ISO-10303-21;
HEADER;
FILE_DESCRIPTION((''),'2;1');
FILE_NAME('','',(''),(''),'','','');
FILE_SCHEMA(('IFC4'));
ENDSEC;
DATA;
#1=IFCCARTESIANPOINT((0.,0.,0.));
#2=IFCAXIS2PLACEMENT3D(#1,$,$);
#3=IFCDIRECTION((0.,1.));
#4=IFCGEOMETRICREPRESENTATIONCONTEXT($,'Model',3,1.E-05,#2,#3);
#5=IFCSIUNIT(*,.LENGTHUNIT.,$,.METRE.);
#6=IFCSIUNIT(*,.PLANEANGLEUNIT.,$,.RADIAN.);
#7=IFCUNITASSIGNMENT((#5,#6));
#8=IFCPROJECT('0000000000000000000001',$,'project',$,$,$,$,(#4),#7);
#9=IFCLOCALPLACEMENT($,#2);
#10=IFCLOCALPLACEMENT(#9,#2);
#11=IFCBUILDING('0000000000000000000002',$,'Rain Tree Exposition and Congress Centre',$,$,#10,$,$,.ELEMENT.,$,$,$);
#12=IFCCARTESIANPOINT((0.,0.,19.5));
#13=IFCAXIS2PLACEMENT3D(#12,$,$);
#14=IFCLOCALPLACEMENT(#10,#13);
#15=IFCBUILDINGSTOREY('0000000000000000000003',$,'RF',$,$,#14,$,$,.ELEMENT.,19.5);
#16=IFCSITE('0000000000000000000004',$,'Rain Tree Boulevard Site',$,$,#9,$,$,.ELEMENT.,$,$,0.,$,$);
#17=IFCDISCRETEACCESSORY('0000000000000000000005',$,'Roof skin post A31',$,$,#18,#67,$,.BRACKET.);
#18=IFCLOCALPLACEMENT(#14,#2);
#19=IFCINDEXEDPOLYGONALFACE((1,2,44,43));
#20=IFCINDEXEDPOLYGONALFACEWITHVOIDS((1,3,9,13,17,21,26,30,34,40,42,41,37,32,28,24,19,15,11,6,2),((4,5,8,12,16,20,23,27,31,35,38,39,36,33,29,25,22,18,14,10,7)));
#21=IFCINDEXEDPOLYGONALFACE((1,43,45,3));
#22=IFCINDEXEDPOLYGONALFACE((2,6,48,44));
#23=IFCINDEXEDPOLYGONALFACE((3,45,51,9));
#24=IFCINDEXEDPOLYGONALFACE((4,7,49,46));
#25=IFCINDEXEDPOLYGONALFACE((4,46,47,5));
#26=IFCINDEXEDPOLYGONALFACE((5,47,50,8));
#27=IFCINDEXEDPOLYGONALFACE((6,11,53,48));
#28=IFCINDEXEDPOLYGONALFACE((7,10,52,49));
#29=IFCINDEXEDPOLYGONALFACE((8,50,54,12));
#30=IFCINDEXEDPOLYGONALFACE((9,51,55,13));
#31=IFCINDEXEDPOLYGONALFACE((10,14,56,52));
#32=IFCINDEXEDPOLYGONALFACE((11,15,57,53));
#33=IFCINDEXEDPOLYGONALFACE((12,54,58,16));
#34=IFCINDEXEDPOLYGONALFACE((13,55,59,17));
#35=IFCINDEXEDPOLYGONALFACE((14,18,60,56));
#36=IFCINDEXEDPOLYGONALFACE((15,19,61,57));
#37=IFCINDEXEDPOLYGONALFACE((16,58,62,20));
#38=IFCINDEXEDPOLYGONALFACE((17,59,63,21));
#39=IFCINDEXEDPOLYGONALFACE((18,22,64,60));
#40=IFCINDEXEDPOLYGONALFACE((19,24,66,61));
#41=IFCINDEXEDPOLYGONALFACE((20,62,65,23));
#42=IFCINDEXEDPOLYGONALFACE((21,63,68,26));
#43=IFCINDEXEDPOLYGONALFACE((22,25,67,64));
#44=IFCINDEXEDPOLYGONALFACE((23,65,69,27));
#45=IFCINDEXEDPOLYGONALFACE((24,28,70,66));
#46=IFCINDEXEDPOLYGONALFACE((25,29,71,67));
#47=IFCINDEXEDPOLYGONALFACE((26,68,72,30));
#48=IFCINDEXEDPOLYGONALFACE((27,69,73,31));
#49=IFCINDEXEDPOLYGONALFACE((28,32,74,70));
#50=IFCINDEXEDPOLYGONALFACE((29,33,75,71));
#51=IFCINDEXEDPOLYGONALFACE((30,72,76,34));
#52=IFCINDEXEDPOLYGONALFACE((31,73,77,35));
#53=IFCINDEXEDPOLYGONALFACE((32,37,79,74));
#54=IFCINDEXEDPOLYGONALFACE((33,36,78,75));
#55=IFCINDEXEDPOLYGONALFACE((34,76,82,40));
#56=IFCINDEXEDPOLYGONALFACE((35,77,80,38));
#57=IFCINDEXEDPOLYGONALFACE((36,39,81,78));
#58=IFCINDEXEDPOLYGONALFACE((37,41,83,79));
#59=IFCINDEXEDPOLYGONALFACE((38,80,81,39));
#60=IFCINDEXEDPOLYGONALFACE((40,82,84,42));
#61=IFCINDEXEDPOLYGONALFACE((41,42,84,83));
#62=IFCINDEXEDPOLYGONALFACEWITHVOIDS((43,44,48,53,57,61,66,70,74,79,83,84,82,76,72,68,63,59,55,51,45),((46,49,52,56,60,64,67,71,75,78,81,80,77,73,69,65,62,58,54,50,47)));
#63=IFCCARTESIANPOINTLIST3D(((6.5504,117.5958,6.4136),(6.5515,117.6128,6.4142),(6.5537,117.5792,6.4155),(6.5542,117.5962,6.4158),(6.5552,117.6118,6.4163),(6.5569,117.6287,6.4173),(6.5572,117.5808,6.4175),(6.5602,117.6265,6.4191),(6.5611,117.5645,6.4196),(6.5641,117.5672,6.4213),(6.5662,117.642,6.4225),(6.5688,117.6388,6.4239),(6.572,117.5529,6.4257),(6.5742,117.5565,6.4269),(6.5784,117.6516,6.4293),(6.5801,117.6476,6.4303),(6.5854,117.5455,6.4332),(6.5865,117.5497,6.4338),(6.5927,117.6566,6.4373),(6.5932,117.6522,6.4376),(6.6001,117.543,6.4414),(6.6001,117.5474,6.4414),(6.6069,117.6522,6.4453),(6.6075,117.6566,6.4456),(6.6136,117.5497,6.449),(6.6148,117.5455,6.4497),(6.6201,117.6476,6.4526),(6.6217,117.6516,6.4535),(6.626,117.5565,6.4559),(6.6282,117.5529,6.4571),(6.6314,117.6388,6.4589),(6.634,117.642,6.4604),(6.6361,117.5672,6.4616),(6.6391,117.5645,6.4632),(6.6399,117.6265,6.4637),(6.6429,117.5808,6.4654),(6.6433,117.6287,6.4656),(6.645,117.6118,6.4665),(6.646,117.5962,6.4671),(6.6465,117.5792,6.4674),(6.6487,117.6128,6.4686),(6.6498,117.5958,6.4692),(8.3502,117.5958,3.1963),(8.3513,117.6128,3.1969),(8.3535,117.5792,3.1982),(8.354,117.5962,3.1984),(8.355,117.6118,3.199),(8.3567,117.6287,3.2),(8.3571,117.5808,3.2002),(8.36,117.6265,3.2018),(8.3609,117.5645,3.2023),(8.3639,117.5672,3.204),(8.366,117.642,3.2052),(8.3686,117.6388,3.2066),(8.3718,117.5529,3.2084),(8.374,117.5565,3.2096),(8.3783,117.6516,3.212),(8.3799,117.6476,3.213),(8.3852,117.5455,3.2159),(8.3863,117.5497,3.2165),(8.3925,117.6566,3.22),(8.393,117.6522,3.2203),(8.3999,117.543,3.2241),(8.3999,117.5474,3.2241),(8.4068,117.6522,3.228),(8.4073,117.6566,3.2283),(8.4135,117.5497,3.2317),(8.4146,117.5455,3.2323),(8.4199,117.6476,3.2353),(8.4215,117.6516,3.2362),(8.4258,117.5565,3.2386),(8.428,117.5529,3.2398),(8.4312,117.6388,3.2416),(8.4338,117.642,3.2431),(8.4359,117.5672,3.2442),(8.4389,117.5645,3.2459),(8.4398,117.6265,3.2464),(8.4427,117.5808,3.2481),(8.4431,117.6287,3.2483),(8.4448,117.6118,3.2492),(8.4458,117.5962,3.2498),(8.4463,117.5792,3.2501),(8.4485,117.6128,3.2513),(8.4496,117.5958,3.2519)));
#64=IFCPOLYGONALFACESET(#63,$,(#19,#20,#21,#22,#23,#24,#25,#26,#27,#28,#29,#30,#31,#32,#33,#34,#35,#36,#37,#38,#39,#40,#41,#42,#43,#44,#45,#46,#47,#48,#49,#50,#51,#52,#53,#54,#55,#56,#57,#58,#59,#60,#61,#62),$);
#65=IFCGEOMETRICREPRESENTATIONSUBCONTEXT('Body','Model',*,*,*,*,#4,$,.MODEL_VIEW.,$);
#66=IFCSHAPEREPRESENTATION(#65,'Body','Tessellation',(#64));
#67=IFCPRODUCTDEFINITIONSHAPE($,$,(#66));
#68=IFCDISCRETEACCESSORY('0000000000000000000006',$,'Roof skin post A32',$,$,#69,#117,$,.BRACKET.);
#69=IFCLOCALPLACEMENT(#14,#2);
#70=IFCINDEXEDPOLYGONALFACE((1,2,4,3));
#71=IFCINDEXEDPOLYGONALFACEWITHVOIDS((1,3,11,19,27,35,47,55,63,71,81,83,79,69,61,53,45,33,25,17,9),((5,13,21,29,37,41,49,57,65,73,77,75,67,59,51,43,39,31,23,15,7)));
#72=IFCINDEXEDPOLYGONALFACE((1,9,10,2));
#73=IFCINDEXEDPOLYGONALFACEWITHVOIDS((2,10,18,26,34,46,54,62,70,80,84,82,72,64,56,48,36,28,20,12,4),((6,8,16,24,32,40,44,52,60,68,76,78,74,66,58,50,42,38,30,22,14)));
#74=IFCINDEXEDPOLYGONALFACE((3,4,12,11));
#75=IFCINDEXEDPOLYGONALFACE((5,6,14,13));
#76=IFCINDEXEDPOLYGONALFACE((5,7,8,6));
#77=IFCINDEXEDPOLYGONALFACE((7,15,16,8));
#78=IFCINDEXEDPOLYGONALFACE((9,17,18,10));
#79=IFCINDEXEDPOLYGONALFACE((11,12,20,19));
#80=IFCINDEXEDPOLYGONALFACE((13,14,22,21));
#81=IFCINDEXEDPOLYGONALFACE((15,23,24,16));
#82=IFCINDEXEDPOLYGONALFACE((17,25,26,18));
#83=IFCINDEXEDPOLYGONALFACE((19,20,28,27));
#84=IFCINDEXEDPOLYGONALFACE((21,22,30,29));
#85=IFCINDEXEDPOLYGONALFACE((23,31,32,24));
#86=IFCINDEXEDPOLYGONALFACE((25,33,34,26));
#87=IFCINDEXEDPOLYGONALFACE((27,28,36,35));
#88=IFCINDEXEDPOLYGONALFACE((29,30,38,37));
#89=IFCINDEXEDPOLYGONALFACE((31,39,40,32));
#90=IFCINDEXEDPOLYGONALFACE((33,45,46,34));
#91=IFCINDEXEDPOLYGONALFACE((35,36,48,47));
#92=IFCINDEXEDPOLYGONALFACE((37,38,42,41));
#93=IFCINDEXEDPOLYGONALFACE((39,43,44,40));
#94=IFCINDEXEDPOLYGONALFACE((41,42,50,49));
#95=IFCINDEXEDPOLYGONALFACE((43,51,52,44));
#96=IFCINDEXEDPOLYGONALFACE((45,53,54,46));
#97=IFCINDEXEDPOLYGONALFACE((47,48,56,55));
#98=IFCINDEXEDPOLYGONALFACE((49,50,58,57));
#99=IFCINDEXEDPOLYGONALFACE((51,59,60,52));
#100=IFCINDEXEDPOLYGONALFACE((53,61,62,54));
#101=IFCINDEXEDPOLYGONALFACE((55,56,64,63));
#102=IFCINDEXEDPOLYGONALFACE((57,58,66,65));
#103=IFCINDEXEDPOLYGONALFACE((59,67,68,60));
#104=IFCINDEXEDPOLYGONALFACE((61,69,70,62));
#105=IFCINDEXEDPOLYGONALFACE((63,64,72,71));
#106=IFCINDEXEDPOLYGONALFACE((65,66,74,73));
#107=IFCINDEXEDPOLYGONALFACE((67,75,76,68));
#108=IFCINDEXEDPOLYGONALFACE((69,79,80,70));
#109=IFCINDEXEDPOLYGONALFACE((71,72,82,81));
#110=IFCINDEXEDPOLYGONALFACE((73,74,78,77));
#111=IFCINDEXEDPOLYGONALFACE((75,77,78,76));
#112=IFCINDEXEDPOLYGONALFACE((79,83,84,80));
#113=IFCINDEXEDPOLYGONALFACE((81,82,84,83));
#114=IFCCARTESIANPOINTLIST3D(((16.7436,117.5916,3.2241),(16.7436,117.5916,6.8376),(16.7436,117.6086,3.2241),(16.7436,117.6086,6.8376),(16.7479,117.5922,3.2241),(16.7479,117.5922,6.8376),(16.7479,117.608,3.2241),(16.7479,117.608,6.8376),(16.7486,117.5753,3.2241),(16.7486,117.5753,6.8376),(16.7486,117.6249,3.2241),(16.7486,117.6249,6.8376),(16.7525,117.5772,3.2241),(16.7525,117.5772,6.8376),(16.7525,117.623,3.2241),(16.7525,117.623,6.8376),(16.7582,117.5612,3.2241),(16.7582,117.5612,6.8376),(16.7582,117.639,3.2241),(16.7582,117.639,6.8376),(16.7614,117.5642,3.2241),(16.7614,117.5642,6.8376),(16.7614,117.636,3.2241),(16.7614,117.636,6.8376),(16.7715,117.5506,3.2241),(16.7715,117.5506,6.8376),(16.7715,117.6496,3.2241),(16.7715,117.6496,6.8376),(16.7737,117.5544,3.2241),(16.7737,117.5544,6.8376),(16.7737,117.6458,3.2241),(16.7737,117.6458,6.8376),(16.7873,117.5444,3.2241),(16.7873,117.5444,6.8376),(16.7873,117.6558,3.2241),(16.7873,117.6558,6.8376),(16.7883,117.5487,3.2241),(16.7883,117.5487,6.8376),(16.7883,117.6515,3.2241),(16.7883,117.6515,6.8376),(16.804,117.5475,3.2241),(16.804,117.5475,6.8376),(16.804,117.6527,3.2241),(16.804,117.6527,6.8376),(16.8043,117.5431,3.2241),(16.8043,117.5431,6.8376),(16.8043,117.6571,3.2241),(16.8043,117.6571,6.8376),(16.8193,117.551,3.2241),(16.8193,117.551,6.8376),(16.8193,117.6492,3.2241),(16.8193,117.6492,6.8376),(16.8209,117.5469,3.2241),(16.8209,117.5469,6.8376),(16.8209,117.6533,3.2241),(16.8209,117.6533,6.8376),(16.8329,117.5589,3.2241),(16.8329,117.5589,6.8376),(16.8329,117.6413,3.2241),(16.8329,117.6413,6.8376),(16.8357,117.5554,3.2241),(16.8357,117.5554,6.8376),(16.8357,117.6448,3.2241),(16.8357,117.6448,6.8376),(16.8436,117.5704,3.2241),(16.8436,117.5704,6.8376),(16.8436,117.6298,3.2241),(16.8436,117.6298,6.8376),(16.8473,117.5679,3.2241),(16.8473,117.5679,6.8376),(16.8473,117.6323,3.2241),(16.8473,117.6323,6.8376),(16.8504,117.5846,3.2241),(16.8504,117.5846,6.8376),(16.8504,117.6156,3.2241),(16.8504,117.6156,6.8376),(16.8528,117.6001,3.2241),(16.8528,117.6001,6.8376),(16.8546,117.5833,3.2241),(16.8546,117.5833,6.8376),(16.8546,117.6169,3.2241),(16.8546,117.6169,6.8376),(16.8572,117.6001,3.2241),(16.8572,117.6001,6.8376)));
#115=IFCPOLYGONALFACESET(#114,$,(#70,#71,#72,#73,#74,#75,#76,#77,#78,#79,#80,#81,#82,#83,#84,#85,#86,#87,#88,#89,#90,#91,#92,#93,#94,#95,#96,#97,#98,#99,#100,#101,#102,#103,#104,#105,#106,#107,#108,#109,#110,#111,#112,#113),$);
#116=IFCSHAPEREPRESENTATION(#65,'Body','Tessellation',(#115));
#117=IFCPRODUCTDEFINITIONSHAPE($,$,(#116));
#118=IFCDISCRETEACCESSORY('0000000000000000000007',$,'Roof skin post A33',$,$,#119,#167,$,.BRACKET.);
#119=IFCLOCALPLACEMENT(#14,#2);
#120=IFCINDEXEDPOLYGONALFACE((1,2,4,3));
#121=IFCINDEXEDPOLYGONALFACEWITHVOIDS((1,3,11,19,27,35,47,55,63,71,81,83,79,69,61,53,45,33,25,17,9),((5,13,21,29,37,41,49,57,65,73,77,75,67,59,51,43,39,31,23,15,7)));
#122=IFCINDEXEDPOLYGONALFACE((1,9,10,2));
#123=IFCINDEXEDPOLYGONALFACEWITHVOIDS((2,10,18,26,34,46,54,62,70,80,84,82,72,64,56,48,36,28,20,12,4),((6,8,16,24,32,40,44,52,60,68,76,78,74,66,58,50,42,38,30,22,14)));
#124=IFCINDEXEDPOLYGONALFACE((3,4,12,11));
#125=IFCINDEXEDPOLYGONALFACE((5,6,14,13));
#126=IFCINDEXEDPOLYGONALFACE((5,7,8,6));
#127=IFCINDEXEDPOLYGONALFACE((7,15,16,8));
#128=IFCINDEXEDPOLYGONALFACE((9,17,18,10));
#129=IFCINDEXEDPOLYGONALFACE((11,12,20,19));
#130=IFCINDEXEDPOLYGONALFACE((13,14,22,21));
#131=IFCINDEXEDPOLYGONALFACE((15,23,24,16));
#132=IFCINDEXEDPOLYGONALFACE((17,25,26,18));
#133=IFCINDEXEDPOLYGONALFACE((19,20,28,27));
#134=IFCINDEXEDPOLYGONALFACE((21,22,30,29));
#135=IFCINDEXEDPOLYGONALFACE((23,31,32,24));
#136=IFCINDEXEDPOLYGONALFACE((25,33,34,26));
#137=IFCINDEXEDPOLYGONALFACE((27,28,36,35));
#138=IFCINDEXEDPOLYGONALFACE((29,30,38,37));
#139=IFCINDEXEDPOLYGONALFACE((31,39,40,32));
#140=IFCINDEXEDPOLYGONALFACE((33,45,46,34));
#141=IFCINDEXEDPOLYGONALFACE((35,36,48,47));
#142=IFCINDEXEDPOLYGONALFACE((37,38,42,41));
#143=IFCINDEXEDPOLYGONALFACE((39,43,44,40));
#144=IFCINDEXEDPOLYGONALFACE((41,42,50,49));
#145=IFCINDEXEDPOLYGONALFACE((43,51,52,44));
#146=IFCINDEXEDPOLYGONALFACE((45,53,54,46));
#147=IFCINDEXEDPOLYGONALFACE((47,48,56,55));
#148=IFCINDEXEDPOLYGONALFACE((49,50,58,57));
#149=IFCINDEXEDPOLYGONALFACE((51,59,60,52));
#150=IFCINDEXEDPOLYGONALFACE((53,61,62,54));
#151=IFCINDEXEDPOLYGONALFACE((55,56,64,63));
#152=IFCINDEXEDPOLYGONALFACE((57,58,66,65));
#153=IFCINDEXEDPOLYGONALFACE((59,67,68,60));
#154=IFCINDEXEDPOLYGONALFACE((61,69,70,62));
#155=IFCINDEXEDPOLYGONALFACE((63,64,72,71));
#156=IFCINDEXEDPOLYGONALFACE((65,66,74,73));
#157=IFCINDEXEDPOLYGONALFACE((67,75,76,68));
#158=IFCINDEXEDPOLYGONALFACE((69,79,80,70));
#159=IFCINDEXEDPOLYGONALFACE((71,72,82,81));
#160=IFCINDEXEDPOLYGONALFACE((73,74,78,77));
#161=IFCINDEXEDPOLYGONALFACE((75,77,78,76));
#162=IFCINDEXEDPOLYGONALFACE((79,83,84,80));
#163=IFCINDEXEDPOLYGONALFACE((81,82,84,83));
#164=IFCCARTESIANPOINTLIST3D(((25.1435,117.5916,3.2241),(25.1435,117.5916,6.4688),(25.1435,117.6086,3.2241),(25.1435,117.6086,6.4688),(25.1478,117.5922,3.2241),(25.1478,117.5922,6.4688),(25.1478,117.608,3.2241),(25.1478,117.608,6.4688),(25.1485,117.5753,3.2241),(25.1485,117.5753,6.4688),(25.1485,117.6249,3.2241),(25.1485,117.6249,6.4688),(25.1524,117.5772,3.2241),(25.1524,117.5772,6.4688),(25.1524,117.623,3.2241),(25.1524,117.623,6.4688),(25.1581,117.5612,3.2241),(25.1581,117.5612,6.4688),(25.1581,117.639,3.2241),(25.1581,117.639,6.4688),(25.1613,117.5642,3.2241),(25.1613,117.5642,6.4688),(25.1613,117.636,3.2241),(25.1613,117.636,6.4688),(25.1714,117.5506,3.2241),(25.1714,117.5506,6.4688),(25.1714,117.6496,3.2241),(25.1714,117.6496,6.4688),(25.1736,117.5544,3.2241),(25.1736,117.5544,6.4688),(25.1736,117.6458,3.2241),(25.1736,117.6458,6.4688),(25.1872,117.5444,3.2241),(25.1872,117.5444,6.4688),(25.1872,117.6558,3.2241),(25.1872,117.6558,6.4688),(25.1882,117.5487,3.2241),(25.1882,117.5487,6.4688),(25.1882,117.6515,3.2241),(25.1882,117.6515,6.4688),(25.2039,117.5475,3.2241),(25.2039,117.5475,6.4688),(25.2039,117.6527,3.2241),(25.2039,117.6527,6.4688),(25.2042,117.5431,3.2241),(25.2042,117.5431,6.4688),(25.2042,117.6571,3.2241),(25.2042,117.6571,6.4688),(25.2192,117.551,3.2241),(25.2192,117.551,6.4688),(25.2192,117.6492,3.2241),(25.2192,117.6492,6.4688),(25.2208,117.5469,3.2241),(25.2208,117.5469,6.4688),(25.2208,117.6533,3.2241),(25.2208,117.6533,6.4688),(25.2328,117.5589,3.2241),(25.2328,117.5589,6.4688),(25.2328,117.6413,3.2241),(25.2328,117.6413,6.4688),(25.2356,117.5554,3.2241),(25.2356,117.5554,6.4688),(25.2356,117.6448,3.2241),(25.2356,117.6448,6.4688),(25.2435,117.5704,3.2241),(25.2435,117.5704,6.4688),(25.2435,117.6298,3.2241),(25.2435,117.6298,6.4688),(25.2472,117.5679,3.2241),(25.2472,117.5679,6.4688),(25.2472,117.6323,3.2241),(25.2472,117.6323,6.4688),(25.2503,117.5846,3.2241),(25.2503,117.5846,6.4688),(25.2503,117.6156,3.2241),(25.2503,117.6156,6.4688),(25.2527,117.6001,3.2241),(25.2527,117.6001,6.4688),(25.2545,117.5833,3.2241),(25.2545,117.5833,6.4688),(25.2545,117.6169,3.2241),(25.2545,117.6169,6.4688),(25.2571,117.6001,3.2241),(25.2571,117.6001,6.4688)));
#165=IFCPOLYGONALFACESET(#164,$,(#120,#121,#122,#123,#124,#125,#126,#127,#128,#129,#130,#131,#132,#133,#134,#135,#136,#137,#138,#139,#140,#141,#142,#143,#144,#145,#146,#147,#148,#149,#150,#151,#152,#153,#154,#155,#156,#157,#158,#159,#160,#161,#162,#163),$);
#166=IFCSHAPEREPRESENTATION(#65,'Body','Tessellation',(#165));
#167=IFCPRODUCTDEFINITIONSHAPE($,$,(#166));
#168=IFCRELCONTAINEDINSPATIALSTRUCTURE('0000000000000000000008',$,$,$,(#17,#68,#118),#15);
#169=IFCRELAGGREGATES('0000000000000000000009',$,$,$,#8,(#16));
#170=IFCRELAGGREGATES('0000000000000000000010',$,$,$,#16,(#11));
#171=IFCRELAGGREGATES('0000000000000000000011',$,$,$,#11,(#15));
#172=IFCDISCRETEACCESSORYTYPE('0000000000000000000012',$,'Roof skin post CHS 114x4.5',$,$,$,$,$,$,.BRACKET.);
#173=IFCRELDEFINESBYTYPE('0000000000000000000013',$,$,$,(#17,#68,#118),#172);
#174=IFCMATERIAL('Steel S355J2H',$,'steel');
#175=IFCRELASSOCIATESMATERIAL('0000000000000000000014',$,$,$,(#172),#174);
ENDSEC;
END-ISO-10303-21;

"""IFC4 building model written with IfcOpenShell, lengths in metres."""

from ifc_helpers import new_model, si_unit, direction, frame, origin, origin_2d, place, context, subcontext, project, spatial, hollow_circle, extrude, material, material_profile, profile_set, type_object, element, save


model = new_model("IFC4")

# Units and contexts
model_context = context("Model", 3, precision=1e-05, world=origin(), true_north=direction((0.0, 1.0)))
body_context = subcontext(model_context, "Body", "Model", "MODEL_VIEW")
ifc_project = project(units=[si_unit("LENGTHUNIT", "METRE"), si_unit("PLANEANGLEUNIT", "RADIAN")], contexts=[model_context])

# Site, building, storey
site_placement = place(None, origin())
site = spatial("IfcSite", under=ifc_project, at=site_placement, Name="Rain Tree Boulevard Site", CompositionType="ELEMENT", RefElevation=0.0)
building_placement = place(site_placement, origin())
building = spatial("IfcBuilding", under=site, at=building_placement, Name="Rain Tree Exposition and Congress Centre", CompositionType="ELEMENT")
storey_placement = place(building_placement, frame((0.0, 0.0, 19.5)))
storey = spatial("IfcBuildingStorey", under=building, at=storey_placement, Name="RF", CompositionType="ELEMENT", Elevation=19.5)

# Discrete accessories
ifc_material_1 = material(Name="Steel S355J2H", Category="steel")
ifc_material_profile_1 = material_profile(ifc_material_1, hollow_circle(Radius=0.0571, WallThickness=0.0044, at=origin_2d()), Name="CHS 114x4.5")
ifc_profile_set_1 = profile_set([ifc_material_profile_1], Name="Steel S355J2H")
discrete_accessory_type = type_object("IfcDiscreteAccessoryType", Name="Roof skin post CHS 114x4.5", PredefinedType="BRACKET", material=ifc_profile_set_1)
discrete_accessory_1_placement = place(storey_placement, frame((8.3999, 117.6001, 3.2241), z_axis=(-0.488216, 0.0, 0.872723), x_axis=(0.0, -1.0, 0.0)))
element("IfcDiscreteAccessory", 1, at=discrete_accessory_1_placement, inside=storey, type_object=discrete_accessory_type, Name="Roof skin post A31", PredefinedType="BRACKET", context=body_context, shape_type="SweptSolid", body=[
    extrude(hollow_circle(Radius=0.0571, WallThickness=0.0044, at=origin_2d()), origin(), (0.0, 0.0, 1.0), 3.6865),
])
discrete_accessory_2_placement = place(storey_placement, frame((16.8, 117.6001, 3.2241), z_axis=(0.0, 0.0, 1.0), x_axis=(1.0, 0.0, 0.0)))
element("IfcDiscreteAccessory", 2, at=discrete_accessory_2_placement, inside=storey, type_object=discrete_accessory_type, Name="Roof skin post A32", PredefinedType="BRACKET", context=body_context, shape_type="SweptSolid", body=[
    extrude(hollow_circle(Radius=0.0571, WallThickness=0.0044, at=origin_2d()), origin(), (0.0, 0.0, 1.0), 3.6135),
])
discrete_accessory_3_placement = place(storey_placement, frame((25.2, 117.6001, 3.2241), z_axis=(0.0, 0.0, 1.0), x_axis=(1.0, 0.0, 0.0)))
element("IfcDiscreteAccessory", 3, at=discrete_accessory_3_placement, inside=storey, type_object=discrete_accessory_type, Name="Roof skin post A33", PredefinedType="BRACKET", context=body_context, shape_type="SweptSolid", body=[
    extrude(hollow_circle(Radius=0.0571, WallThickness=0.0044, at=origin_2d()), origin(), (0.0, 0.0, 1.0), 3.2446),
])

save(model, "model.ifc")
